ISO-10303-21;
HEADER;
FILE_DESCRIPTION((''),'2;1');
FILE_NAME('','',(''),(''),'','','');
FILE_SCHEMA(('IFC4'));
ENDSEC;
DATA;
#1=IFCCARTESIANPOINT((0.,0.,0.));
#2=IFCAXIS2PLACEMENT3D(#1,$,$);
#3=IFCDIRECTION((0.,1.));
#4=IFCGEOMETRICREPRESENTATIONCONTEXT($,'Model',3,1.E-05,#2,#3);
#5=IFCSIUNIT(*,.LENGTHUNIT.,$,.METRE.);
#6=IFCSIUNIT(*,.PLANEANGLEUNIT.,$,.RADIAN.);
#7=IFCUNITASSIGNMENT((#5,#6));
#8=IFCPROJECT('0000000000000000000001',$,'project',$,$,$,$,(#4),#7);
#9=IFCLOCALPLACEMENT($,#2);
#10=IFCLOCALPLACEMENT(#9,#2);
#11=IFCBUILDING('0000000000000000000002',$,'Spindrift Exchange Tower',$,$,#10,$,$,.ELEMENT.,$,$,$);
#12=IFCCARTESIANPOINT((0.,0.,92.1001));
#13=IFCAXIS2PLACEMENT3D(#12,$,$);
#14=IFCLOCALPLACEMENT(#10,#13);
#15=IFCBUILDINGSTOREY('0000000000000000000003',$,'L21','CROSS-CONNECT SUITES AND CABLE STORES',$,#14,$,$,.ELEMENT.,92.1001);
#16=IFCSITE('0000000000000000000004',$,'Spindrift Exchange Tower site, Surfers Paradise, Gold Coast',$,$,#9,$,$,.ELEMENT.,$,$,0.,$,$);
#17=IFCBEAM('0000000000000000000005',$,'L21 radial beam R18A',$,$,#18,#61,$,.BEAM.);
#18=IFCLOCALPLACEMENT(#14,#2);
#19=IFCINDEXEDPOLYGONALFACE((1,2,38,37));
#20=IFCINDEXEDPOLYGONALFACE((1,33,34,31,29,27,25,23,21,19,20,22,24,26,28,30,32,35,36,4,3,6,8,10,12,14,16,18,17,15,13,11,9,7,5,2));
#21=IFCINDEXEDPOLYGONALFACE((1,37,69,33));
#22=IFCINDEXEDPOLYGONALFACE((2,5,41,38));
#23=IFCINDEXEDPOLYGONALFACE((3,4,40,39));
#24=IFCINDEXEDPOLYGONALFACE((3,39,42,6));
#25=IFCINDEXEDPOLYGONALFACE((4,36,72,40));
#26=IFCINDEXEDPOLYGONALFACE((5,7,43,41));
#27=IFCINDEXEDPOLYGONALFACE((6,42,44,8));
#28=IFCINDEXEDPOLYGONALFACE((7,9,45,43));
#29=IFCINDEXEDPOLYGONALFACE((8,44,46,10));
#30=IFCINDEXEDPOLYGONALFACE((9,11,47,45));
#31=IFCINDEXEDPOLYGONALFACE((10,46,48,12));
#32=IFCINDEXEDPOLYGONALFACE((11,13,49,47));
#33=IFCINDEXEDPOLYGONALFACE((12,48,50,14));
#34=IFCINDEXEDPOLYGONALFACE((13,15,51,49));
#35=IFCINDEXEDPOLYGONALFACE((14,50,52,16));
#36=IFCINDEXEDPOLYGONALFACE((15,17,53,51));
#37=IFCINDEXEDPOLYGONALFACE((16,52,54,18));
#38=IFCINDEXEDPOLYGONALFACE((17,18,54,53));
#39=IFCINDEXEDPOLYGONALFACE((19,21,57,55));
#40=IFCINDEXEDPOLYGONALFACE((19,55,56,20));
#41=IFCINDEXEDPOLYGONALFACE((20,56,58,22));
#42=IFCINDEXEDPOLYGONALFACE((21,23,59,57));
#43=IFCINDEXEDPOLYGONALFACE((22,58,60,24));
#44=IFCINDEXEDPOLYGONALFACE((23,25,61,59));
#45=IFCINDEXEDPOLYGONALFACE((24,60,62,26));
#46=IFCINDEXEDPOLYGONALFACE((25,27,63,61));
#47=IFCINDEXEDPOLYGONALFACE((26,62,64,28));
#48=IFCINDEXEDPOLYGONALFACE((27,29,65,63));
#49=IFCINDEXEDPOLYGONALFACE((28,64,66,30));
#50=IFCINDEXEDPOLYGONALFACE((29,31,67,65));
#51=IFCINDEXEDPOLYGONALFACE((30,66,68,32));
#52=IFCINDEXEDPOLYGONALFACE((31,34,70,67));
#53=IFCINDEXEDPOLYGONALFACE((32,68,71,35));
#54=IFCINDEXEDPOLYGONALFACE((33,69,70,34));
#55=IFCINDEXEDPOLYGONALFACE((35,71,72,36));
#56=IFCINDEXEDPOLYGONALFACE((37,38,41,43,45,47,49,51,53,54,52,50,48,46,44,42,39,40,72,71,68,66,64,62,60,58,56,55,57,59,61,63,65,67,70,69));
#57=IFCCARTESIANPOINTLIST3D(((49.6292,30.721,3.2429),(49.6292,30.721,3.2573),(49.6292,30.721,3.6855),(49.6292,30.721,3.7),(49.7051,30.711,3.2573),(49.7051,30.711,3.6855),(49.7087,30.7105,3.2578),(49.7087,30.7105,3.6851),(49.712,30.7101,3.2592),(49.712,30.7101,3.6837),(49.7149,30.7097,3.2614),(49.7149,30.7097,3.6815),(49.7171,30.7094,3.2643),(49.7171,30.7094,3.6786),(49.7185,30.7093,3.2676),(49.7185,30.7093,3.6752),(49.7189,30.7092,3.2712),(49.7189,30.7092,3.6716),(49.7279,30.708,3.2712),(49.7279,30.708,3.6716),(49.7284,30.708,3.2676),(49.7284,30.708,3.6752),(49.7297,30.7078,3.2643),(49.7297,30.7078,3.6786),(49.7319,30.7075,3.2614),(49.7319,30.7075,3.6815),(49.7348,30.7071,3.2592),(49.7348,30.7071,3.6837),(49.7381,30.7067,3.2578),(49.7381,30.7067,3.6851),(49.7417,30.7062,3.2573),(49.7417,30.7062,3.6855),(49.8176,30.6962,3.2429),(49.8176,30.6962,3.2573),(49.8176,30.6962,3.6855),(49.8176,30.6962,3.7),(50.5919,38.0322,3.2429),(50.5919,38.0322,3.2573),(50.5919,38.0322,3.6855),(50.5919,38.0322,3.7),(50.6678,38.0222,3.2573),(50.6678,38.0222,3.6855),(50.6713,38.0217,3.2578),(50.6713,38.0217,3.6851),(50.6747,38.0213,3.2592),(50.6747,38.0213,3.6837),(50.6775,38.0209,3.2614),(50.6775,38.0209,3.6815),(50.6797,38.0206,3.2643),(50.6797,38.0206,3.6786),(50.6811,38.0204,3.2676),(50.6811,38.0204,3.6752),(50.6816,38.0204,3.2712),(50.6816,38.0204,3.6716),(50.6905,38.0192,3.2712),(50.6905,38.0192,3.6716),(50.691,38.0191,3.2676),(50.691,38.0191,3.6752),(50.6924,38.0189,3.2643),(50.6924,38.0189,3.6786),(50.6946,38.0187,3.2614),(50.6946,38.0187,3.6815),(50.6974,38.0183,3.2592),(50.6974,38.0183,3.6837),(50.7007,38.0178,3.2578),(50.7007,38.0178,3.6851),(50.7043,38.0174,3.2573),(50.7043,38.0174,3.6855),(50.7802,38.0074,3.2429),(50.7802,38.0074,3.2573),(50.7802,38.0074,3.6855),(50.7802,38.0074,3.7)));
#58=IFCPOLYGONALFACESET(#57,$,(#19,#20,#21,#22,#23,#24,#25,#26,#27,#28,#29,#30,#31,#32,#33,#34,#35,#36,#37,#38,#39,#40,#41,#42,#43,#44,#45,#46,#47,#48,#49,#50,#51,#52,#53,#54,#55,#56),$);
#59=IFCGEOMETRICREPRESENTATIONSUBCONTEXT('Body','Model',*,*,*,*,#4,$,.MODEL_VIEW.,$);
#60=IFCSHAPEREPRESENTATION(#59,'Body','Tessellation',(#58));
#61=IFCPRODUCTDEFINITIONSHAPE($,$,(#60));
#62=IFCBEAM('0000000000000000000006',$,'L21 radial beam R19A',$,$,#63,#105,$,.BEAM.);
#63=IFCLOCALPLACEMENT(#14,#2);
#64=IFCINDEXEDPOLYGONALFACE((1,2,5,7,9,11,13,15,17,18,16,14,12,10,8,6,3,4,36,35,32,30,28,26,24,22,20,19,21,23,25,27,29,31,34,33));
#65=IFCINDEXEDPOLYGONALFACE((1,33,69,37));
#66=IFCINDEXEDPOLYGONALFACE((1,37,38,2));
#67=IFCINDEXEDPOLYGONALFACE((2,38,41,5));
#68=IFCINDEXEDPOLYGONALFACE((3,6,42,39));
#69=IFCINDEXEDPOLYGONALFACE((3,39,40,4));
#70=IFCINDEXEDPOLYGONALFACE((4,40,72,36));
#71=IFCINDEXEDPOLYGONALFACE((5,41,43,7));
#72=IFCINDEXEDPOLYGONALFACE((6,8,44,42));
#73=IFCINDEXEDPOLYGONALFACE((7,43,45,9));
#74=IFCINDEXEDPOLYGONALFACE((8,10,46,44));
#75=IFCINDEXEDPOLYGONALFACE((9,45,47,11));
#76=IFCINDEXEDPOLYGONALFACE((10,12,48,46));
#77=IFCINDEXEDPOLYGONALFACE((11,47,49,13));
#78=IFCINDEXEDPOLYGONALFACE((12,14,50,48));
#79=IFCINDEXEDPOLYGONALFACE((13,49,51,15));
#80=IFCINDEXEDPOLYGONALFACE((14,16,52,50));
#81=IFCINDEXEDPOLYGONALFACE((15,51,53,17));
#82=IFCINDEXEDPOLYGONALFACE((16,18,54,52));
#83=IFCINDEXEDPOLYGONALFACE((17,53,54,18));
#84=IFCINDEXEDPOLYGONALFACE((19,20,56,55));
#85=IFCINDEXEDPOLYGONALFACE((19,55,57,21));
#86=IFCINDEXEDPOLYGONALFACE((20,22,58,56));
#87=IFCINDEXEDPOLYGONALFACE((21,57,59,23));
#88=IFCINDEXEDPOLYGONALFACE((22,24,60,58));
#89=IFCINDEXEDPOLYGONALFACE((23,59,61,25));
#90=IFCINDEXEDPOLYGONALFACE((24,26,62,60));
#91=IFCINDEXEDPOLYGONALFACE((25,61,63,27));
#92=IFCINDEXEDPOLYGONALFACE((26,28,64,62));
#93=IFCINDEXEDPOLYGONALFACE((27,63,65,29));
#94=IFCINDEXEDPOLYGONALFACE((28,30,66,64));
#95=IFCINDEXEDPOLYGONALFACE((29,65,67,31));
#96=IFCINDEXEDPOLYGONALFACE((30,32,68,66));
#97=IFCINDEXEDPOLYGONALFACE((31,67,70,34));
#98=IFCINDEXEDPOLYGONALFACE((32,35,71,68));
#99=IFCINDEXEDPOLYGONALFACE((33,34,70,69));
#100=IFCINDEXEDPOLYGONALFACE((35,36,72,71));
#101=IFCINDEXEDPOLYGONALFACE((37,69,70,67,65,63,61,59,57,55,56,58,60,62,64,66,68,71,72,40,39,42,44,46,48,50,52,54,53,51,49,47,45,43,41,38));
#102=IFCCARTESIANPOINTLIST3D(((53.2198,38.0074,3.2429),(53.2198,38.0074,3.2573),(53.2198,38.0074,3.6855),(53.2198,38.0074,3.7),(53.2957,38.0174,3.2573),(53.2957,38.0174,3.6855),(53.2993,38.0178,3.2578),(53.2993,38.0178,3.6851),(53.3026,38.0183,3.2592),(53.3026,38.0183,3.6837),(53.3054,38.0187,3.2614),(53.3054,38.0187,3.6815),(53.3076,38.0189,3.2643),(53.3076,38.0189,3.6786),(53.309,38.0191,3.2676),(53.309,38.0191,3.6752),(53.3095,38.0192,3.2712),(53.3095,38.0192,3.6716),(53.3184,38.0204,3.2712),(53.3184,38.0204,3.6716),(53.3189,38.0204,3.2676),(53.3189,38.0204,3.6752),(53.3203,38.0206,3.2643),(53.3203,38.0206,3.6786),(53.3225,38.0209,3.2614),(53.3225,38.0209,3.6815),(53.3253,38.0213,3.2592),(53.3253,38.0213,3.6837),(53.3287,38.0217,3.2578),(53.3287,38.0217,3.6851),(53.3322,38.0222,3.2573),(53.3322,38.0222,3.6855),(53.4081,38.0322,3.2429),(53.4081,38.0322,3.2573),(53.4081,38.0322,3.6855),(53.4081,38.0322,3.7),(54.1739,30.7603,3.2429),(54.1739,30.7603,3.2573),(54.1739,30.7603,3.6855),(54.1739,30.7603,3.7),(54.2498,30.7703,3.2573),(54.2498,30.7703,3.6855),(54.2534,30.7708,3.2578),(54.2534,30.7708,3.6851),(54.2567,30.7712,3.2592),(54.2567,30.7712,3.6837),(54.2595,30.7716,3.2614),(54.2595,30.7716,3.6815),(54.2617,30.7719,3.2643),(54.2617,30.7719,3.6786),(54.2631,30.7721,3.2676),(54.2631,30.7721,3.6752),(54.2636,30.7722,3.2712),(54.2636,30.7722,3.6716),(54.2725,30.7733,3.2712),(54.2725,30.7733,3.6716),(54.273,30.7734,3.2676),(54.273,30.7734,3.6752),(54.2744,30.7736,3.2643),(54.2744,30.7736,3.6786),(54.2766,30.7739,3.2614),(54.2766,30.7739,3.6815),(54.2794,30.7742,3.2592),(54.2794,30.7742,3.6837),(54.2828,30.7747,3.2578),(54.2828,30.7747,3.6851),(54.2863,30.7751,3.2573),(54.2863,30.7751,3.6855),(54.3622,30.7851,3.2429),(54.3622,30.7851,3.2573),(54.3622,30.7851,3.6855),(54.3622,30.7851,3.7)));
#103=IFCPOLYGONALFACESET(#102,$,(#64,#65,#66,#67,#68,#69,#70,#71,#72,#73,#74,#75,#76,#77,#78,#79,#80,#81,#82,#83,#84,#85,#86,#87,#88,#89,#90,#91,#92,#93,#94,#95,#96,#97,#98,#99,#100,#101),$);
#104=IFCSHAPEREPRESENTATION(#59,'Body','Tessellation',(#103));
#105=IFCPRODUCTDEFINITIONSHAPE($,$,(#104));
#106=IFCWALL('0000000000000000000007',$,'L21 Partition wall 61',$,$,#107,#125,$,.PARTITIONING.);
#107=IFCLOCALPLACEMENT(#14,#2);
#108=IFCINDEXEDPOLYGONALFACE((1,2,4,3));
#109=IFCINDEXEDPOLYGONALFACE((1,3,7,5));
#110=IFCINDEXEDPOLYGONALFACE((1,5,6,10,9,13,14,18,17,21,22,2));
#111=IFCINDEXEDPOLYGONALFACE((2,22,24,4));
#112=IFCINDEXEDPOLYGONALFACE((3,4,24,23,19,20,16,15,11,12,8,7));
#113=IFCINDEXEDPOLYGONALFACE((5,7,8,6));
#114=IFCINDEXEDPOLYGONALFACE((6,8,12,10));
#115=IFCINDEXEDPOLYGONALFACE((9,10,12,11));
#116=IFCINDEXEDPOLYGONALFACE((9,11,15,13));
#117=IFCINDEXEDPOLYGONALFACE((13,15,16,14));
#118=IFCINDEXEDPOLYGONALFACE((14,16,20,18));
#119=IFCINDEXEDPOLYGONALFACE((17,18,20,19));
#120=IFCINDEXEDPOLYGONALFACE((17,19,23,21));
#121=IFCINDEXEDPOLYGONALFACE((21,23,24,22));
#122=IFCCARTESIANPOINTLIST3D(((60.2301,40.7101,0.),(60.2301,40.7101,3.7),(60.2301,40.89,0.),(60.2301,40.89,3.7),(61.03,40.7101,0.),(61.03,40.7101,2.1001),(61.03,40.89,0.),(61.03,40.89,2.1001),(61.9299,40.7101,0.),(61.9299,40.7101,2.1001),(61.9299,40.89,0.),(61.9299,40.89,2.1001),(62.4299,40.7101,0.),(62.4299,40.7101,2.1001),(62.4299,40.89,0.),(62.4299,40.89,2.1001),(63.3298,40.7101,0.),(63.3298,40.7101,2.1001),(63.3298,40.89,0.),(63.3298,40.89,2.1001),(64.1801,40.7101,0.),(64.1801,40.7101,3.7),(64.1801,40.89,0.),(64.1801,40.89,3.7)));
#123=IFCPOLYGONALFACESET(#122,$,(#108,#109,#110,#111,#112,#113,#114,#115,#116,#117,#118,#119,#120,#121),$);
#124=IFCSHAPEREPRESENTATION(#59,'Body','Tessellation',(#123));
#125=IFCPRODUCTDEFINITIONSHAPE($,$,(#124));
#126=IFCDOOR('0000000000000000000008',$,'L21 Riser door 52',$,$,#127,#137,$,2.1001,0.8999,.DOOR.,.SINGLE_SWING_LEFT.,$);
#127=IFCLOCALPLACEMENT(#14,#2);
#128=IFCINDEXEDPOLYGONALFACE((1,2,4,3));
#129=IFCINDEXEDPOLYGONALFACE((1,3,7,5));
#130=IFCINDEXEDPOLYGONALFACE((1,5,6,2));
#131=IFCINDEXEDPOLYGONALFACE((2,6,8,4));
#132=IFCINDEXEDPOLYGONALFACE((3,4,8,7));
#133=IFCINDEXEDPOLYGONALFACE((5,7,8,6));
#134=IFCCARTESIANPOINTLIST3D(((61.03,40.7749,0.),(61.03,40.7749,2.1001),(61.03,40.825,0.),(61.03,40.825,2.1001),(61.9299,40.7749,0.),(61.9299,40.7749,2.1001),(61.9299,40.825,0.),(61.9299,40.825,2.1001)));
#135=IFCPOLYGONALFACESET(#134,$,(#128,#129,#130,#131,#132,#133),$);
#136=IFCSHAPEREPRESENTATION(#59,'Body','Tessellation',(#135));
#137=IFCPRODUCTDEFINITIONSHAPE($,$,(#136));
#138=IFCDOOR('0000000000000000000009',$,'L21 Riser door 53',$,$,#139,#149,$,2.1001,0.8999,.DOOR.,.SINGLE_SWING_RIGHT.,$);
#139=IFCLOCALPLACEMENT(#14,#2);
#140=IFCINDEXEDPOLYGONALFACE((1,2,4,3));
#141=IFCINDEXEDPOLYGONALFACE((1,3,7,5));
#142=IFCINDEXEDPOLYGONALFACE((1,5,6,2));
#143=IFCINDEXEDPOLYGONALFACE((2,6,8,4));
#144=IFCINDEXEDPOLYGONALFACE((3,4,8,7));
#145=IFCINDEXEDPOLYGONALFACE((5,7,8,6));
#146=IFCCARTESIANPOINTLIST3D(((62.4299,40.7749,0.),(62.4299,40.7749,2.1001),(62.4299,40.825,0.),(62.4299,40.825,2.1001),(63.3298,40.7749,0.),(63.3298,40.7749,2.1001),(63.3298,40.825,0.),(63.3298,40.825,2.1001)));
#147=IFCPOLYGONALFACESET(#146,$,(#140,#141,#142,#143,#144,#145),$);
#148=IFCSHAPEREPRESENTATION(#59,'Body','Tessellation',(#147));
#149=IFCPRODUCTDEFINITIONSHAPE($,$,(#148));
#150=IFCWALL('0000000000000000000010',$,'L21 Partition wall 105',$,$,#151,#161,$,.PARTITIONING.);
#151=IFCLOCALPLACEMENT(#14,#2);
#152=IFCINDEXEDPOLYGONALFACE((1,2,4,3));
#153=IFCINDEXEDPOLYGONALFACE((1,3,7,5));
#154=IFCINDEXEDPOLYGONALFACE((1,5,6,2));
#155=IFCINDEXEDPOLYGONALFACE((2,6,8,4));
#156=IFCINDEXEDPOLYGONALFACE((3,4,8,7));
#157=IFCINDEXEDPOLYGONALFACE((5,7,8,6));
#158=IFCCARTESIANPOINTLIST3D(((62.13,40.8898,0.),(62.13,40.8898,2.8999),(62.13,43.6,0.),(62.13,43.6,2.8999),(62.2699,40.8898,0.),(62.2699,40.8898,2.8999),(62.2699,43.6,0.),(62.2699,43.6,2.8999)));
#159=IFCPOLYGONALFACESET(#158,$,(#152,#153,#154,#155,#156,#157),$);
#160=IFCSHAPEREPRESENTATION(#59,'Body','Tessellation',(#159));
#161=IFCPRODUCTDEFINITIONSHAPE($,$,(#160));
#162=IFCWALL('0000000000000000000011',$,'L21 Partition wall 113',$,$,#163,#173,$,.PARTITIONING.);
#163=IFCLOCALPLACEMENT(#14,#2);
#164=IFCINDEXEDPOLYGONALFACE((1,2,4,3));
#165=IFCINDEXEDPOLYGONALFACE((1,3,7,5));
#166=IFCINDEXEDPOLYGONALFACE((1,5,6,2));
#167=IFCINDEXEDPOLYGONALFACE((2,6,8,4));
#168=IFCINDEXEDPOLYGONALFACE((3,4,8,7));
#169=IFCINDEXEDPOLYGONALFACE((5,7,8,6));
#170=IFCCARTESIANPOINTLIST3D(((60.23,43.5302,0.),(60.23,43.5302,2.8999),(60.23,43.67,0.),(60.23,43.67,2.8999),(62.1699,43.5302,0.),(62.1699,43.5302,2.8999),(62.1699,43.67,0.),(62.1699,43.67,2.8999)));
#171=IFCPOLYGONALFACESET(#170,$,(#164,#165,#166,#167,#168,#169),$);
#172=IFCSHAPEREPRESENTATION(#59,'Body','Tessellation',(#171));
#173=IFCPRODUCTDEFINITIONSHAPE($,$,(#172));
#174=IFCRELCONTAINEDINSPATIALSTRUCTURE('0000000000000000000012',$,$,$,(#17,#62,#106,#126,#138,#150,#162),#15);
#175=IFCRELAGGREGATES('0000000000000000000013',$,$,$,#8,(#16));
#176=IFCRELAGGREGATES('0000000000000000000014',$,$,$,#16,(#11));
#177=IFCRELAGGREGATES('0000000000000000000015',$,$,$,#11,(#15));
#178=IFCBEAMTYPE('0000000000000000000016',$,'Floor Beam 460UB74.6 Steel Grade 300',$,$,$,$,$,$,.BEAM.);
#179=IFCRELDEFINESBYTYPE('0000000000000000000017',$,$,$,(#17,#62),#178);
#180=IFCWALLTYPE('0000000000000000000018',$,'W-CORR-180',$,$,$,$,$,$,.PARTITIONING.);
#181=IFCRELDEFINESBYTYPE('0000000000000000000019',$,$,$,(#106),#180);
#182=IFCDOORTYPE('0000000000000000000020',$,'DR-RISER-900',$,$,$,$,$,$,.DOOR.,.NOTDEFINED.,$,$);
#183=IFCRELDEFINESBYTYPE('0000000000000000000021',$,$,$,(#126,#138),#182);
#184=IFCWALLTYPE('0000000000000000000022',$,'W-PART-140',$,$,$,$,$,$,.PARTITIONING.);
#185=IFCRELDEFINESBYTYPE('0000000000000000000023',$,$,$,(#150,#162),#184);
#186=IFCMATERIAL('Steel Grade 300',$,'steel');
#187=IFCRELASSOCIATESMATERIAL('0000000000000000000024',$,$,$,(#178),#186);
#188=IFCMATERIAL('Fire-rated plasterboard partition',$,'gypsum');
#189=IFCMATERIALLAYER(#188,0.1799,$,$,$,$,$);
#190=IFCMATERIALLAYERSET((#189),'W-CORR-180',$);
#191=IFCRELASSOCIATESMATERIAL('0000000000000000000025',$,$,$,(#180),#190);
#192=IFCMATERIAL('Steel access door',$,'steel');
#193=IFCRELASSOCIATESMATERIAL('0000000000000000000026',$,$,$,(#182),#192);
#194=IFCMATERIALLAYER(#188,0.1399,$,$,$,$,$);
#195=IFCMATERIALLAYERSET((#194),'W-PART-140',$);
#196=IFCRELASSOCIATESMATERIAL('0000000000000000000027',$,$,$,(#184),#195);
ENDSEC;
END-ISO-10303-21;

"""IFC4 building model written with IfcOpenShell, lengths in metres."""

from ifc_helpers import new_model, si_unit, direction, frame, frame_2d, origin, origin_2d, place, context, subcontext, project, spatial, rectangle, i_section, extrude, source, transform, mapped, material, layer, layer_set, material_profile, profile_set, type_object, element, fill, save


model = new_model("IFC4")

# Units and contexts
model_context = context("Model", 3, precision=1e-05, world=origin(), true_north=direction((0.0, 1.0)))
body_context = subcontext(model_context, "Body", "Model", "MODEL_VIEW")
ifc_project = project(units=[si_unit("LENGTHUNIT", "METRE"), si_unit("PLANEANGLEUNIT", "RADIAN")], contexts=[model_context])

# Site, building, storey
site_placement = place(None, origin())
site = spatial("IfcSite", under=ifc_project, at=site_placement, Name="Spindrift Exchange Tower site, Surfers Paradise, Gold Coast", CompositionType="ELEMENT", RefElevation=0.0)
building_placement = place(site_placement, origin())
building = spatial("IfcBuilding", under=site, at=building_placement, Name="Spindrift Exchange Tower", CompositionType="ELEMENT")
storey_placement = place(building_placement, frame((0.0, 0.0, 92.1001)))
storey = spatial("IfcBuildingStorey", under=building, at=storey_placement, Name="L21", Description="CROSS-CONNECT SUITES AND CABLE STORES", CompositionType="ELEMENT", Elevation=92.1001)

# Beams
ifc_material_1 = material(Name="Steel Grade 300", Category="steel")
ifc_material_profile = material_profile(ifc_material_1, i_section(OverallWidth=0.1899, OverallDepth=0.457, WebThickness=0.009, FlangeThickness=0.0144, FilletRadius=0.0139, at=origin_2d()), Name="460UB74.6")
ifc_profile_set = profile_set([ifc_material_profile], Name="Steel Grade 300")
beam_type = type_object("IfcBeamType", Name="Floor Beam 460UB74.6 Steel Grade 300", PredefinedType="BEAM", material=ifc_profile_set)
shared_shape_1 = source(origin(), body_context, "Body", "SweptSolid", [
    extrude(i_section(OverallWidth=0.1899, OverallDepth=0.457, WebThickness=0.009, FlangeThickness=0.0144, FilletRadius=0.0139, at=origin_2d()), origin(), (0.0, 0.0, 1.0), 7.3743),
])
beam_1_placement = place(storey_placement, frame((50.686, 38.0198, 3.4714), z_axis=(-0.130539, -0.991443, 0.0), x_axis=(0.991443, -0.130539, 0.0)))
element("IfcBeam", 1, at=beam_1_placement, inside=storey, type_object=beam_type, Name="L21 radial beam R18A", PredefinedType="BEAM", context=body_context, shape_type="MappedRepresentation", body=[
    mapped(shared_shape_1, transform((0.0, 0.0, 0.0), scale=1.0)),
])
shared_shape_2 = source(origin(), body_context, "Body", "SweptSolid", [
    extrude(i_section(OverallWidth=0.1899, OverallDepth=0.457, WebThickness=0.009, FlangeThickness=0.0144, FilletRadius=0.0139, at=origin_2d()), origin(), (0.0, 0.0, 1.0), 7.3096),
])
beam_2_placement = place(storey_placement, frame((53.314, 38.0198, 3.4714), z_axis=(0.130527, -0.991445, 0.0), x_axis=(0.991445, 0.130527, 0.0)))
element("IfcBeam", 2, at=beam_2_placement, inside=storey, type_object=beam_type, Name="L21 radial beam R19A", PredefinedType="BEAM", context=body_context, shape_type="MappedRepresentation", body=[
    mapped(shared_shape_2, transform((0.0, 0.0, 0.0), scale=1.0)),
])

# Wall, openings, doors
ifc_material_2 = material(Name="Fire-rated plasterboard partition", Category="gypsum")
ifc_layer_1 = layer(ifc_material_2, 0.1799)
ifc_layer_set_1 = layer_set([ifc_layer_1], Name="W-CORR-180")
wall_type_1 = type_object("IfcWallType", Name="W-CORR-180", PredefinedType="PARTITIONING", material=ifc_layer_set_1)
wall_1_placement = place(storey_placement, frame((60.23, 40.8, 0.0), z_axis=(0.0, 0.0, 1.0), x_axis=(1.0, 0.0, 0.0)))
wall_1 = element("IfcWall", 3, at=wall_1_placement, inside=storey, type_object=wall_type_1, Name="L21 Partition wall 61", PredefinedType="PARTITIONING", context=body_context, shape_type="SweptSolid", body=[
    extrude(rectangle(XDim=3.95, YDim=0.1799, at=frame_2d((1.9751, 0.0))), origin(), (0.0, 0.0, 1.0), 3.7),
])
opening_1_placement = place(wall_1_placement, frame((0.8, 0.0, 0.0)))
opening_1 = element("IfcOpeningElement", 4, at=opening_1_placement, cuts=wall_1, PredefinedType="OPENING", context=body_context, shape_type="SweptSolid", body=[
    extrude(rectangle(XDim=0.8999, YDim=2.1001, at=frame_2d((0.45, 1.05))), frame((0.0, 0.0999, 0.0), z_axis=(0.0, -1.0, 0.0), x_axis=(1.0, 0.0, 0.0)), (0.0, 0.0, 1.0), 0.2),
])
opening_2_placement = place(wall_1_placement, frame((2.2, 0.0, 0.0)))
opening_2 = element("IfcOpeningElement", 5, at=opening_2_placement, cuts=wall_1, PredefinedType="OPENING", context=body_context, shape_type="SweptSolid", body=[
    extrude(rectangle(XDim=0.8999, YDim=2.1001, at=frame_2d((0.45, 1.05))), frame((0.0, 0.0999, 0.0), z_axis=(0.0, -1.0, 0.0), x_axis=(1.0, 0.0, 0.0)), (0.0, 0.0, 1.0), 0.2),
])
ifc_material_3 = material(Name="Steel access door", Category="steel")
door_type_1 = type_object("IfcDoorType", Name="DR-RISER-900", OperationType="NOTDEFINED", PredefinedType="DOOR", material=ifc_material_3)
shared_shape_3 = source(origin(), body_context, "Body", "SweptSolid", [
    extrude(rectangle(XDim=0.8999, YDim=2.1001, at=frame_2d((0.45, 1.05))), frame((0.0, 0.0249, 0.0), z_axis=(0.0, -1.0, 0.0), x_axis=(1.0, 0.0, 0.0)), (0.0, 0.0, 1.0), 0.05),
])
door_1_placement = place(opening_1_placement, origin())
door_1 = element("IfcDoor", 6, at=door_1_placement, inside=storey, type_object=door_type_1, Name="L21 Riser door 52", OperationType="SINGLE_SWING_LEFT", OverallHeight=2.1001, OverallWidth=0.8999, PredefinedType="DOOR", context=body_context, shape_type="MappedRepresentation", body=[
    mapped(shared_shape_3, transform((0.0, 0.0, 0.0), scale=1.0)),
])
fill(opening_1, door_1)
door_2_placement = place(opening_2_placement, origin())
door_2 = element("IfcDoor", 7, at=door_2_placement, inside=storey, type_object=door_type_1, Name="L21 Riser door 53", OperationType="SINGLE_SWING_RIGHT", OverallHeight=2.1001, OverallWidth=0.8999, PredefinedType="DOOR", context=body_context, shape_type="MappedRepresentation", body=[
    mapped(shared_shape_3, transform((0.0, 0.0, 0.0), scale=1.0)),
])
fill(opening_2, door_2)

# Walls
ifc_layer_2 = layer(ifc_material_2, 0.1399)
ifc_layer_set_2 = layer_set([ifc_layer_2], Name="W-PART-140")
wall_type_2 = type_object("IfcWallType", Name="W-PART-140", PredefinedType="PARTITIONING", material=ifc_layer_set_2)
wall_2_placement = place(storey_placement, frame((62.2, 40.8899, 0.0), z_axis=(0.0, 0.0, 1.0), x_axis=(0.0, 1.0, 0.0)))
element("IfcWall", 8, at=wall_2_placement, inside=storey, type_object=wall_type_2, Name="L21 Partition wall 105", PredefinedType="PARTITIONING", context=body_context, shape_type="SweptSolid", body=[
    extrude(rectangle(XDim=2.7102, YDim=0.1399, at=frame_2d((1.355, 0.0))), origin(), (0.0, 0.0, 1.0), 2.8999),
])
wall_3_placement = place(storey_placement, frame((60.23, 43.6001, 0.0), z_axis=(0.0, 0.0, 1.0), x_axis=(1.0, 0.0, 0.0)))
element("IfcWall", 9, at=wall_3_placement, inside=storey, type_object=wall_type_2, Name="L21 Partition wall 113", PredefinedType="PARTITIONING", context=body_context, shape_type="SweptSolid", body=[
    extrude(rectangle(XDim=1.9399, YDim=0.1399, at=frame_2d((0.97, 0.0))), origin(), (0.0, 0.0, 1.0), 2.8999),
])

save(model, "model.ifc")
